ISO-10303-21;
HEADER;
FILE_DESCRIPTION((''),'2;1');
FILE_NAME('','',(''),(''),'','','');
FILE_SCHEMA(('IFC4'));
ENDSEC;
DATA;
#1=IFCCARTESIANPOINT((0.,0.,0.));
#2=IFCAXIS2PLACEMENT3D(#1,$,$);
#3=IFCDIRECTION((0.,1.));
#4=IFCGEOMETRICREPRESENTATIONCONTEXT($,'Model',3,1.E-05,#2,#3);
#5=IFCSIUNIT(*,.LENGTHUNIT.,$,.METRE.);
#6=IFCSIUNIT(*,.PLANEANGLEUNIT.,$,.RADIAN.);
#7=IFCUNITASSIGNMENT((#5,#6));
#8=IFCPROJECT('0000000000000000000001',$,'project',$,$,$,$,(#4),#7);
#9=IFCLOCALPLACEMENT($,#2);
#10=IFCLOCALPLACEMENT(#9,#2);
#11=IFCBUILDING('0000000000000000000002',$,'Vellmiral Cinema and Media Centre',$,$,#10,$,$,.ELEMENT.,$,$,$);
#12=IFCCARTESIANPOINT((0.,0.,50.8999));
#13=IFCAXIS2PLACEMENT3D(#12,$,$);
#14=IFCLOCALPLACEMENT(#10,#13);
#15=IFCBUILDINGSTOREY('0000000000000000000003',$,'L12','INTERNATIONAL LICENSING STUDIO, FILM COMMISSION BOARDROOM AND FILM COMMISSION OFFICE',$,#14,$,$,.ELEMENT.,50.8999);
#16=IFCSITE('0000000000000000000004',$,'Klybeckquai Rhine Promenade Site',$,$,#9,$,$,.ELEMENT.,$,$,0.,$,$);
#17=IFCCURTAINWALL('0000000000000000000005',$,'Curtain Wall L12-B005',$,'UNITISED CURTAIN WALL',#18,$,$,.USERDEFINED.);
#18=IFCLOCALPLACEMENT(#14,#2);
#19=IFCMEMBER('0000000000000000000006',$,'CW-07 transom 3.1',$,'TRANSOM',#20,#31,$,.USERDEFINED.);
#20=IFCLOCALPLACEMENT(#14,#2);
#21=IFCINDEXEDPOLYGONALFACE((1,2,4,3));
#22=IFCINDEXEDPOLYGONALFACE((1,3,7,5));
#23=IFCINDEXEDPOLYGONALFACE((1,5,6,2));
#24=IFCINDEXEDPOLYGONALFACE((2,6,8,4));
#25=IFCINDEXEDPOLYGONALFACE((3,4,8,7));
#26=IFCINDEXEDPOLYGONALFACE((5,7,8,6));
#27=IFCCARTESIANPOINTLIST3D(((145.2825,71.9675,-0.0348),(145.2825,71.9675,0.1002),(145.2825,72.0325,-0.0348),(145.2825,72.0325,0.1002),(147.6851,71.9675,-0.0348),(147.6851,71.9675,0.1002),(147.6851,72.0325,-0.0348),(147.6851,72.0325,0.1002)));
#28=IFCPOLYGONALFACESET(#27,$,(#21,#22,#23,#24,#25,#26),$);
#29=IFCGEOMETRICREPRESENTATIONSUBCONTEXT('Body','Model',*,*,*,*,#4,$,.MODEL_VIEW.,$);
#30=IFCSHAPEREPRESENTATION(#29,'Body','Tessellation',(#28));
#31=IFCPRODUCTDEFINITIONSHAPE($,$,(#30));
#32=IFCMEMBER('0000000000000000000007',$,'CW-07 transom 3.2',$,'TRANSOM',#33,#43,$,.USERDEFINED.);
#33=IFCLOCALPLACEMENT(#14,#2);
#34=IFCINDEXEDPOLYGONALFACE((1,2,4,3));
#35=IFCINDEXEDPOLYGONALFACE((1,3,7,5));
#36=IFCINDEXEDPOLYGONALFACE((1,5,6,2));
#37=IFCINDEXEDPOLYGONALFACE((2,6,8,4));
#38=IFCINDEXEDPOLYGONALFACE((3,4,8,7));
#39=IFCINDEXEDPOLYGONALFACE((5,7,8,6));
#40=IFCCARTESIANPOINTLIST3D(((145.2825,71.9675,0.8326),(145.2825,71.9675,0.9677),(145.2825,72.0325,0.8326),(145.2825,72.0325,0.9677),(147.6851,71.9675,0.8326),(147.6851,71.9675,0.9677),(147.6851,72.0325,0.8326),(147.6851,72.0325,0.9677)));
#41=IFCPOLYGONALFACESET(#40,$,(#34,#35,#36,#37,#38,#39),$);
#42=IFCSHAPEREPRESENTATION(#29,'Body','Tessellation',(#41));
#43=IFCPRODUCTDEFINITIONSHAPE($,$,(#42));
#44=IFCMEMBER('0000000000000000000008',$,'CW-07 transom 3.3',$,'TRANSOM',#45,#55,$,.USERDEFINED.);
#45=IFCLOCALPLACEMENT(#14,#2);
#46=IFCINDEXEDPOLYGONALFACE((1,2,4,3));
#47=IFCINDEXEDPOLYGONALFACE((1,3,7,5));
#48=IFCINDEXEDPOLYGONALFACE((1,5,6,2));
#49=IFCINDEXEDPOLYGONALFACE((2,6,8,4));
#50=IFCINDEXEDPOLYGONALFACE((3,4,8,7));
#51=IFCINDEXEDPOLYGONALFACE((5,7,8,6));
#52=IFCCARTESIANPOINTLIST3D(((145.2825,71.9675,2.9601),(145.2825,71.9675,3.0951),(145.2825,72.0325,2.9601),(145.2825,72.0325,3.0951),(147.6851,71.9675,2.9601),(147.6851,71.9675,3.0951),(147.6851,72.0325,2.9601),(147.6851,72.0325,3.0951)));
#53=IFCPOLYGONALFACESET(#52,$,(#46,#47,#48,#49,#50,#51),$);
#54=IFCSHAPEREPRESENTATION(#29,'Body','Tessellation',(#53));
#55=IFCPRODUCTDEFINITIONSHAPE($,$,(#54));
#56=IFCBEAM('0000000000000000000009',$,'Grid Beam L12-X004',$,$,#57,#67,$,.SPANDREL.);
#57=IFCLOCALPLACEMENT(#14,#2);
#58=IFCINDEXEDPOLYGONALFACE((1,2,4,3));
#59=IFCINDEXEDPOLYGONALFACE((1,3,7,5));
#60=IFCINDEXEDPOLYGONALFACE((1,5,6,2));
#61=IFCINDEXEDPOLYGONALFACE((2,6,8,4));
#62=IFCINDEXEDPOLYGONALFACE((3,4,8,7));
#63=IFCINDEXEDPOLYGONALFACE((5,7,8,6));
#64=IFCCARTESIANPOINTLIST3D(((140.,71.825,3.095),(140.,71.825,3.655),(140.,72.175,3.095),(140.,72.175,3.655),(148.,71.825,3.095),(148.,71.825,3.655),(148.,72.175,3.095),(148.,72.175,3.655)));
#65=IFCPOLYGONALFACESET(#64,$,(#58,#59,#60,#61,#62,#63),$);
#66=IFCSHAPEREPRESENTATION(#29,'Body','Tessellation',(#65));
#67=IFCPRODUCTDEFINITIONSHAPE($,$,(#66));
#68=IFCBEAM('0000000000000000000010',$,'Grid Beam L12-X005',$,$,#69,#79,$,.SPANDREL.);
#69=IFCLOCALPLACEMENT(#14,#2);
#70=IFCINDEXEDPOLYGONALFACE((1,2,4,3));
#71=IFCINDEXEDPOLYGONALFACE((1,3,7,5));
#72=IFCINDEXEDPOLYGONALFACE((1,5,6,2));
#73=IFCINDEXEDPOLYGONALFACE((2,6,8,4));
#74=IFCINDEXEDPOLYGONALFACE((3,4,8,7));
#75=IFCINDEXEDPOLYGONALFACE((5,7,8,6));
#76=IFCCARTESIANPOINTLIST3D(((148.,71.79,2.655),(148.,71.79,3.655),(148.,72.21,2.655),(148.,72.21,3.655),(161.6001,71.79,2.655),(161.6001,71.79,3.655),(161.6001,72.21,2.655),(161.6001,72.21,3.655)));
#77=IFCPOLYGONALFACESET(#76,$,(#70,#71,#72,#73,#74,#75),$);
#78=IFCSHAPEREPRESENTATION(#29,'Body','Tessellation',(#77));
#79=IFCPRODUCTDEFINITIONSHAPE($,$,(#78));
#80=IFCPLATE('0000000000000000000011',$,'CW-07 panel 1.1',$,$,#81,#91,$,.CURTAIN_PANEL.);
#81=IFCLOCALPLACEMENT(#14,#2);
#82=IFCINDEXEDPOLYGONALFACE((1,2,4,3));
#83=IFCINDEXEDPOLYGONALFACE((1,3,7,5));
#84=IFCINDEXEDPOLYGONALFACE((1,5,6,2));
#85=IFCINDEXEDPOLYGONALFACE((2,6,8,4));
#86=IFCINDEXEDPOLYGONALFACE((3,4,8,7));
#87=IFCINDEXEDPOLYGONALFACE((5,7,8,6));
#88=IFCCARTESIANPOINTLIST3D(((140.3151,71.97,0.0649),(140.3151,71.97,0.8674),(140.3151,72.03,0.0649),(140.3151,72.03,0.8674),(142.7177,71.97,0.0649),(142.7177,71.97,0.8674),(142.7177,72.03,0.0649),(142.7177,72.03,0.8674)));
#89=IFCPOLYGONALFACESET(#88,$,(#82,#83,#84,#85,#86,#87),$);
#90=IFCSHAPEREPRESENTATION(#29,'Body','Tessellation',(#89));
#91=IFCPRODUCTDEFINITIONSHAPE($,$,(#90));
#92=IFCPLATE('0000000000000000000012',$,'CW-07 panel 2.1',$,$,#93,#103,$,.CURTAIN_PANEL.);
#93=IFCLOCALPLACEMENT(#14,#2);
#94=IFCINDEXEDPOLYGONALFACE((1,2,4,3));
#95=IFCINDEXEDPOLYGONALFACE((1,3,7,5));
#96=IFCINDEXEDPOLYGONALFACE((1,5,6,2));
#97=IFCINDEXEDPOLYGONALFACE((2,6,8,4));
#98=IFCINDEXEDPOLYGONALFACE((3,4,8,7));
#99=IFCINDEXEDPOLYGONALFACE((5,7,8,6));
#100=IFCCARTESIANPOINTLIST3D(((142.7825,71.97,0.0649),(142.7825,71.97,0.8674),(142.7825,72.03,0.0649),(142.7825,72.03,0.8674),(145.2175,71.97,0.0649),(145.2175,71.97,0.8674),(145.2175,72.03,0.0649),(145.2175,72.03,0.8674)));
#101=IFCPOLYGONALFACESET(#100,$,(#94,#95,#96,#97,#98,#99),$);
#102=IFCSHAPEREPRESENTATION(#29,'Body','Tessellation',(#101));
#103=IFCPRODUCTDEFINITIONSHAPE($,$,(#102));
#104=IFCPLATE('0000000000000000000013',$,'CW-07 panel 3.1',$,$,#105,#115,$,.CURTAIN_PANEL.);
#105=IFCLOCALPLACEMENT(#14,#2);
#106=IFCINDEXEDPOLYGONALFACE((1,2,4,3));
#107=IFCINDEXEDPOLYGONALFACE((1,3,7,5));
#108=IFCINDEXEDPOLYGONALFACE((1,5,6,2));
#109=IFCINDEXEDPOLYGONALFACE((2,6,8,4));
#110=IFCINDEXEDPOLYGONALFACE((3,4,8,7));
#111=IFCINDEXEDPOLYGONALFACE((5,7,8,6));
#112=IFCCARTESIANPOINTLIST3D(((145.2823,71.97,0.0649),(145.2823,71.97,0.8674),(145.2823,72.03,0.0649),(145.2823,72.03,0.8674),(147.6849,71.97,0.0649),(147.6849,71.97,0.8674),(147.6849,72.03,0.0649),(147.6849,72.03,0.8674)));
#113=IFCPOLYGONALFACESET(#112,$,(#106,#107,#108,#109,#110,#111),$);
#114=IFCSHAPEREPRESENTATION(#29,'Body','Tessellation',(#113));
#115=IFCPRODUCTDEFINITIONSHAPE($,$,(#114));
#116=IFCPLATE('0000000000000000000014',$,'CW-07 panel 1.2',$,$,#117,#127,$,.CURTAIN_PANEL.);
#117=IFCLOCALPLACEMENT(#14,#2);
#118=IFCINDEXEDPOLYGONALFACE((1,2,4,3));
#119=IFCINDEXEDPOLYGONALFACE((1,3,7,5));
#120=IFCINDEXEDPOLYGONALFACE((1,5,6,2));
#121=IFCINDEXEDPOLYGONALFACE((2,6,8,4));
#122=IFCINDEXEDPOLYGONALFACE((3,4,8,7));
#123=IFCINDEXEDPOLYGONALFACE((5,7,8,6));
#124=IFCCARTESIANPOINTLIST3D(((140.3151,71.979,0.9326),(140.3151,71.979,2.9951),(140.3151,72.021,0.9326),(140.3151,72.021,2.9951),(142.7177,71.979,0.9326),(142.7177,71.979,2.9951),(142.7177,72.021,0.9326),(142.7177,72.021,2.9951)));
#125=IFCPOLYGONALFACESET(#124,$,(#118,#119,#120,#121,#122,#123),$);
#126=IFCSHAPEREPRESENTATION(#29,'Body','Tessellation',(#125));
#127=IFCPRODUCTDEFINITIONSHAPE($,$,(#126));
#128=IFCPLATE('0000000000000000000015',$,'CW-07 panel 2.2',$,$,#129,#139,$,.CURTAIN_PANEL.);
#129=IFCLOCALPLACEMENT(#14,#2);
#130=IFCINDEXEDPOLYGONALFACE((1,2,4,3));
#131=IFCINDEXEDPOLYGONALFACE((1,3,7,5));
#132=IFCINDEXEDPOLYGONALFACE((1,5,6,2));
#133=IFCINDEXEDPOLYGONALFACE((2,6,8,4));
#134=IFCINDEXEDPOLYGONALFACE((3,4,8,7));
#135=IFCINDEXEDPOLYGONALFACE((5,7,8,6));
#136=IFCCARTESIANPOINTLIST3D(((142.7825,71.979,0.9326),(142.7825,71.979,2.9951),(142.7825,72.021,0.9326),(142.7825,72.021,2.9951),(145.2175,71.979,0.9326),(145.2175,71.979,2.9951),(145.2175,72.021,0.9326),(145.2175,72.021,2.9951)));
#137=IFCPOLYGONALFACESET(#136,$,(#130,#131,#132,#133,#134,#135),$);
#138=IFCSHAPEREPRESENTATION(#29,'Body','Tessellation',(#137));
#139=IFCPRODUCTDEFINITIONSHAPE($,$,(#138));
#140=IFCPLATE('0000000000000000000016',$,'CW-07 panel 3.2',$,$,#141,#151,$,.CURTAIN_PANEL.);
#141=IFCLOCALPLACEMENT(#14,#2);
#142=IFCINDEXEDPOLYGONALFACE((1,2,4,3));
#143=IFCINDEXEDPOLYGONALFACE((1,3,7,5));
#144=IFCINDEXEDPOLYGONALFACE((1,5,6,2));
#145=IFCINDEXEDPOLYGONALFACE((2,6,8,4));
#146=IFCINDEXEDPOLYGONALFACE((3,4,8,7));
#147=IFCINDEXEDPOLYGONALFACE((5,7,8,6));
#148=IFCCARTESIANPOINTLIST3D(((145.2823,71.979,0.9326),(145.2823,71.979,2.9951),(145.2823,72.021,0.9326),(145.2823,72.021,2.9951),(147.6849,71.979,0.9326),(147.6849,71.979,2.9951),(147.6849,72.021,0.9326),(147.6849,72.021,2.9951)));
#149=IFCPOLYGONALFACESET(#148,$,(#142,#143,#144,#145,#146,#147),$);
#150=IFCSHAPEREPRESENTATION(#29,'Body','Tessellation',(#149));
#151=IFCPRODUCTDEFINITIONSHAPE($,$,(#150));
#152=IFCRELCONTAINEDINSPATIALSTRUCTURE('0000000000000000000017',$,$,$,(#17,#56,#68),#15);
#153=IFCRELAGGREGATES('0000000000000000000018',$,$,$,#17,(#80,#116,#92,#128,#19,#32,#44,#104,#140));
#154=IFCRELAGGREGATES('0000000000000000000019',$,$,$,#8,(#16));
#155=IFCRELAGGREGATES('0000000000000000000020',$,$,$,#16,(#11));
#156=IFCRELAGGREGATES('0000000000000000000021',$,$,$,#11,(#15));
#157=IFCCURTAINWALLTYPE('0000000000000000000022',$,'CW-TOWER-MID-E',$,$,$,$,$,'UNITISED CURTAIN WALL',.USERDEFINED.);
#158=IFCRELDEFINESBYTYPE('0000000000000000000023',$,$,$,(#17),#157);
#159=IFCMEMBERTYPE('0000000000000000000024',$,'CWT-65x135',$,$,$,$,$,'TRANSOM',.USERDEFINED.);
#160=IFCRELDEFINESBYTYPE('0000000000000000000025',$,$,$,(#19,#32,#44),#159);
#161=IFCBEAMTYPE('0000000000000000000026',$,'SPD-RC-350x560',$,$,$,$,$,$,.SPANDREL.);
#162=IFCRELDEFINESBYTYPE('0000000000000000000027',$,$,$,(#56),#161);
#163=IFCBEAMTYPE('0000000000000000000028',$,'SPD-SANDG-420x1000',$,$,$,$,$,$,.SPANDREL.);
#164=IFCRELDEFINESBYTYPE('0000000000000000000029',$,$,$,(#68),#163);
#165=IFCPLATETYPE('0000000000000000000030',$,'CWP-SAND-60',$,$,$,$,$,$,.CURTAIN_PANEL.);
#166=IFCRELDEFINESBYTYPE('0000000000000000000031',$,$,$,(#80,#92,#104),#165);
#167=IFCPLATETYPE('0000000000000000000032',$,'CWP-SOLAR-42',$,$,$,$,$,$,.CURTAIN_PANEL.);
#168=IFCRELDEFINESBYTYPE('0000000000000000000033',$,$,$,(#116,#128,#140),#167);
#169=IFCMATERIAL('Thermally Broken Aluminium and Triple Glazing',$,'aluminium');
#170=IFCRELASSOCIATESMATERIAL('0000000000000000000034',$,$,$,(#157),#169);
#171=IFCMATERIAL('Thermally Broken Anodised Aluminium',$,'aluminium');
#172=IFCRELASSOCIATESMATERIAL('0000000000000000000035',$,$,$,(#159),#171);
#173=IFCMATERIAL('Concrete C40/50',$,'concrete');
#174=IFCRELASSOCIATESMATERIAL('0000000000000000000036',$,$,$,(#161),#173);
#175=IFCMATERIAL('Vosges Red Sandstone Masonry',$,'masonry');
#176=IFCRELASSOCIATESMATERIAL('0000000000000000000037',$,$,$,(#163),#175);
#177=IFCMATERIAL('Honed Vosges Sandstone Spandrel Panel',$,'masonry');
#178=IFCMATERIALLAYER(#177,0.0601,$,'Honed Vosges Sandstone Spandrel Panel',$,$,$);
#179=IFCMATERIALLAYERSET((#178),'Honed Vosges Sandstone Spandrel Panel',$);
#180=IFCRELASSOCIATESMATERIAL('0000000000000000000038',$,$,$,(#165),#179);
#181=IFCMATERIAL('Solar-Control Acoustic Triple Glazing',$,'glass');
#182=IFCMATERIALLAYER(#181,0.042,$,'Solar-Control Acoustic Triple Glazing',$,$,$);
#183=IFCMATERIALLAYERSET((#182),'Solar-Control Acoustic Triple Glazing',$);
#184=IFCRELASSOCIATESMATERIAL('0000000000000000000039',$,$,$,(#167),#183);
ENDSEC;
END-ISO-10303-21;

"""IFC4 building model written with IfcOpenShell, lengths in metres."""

from ifc_helpers import new_model, si_unit, direction, frame, origin, origin_2d, place, context, subcontext, project, spatial, rectangle, extrude, material, layer, layer_set, material_profile, profile_set, type_object, element, aggregate, save


model = new_model("IFC4")

# Units and contexts
model_context = context("Model", 3, precision=1e-05, world=origin(), true_north=direction((0.0, 1.0)))
body_context = subcontext(model_context, "Body", "Model", "MODEL_VIEW")
ifc_project = project(units=[si_unit("LENGTHUNIT", "METRE"), si_unit("PLANEANGLEUNIT", "RADIAN")], contexts=[model_context])

# Site, building, storey
site_placement = place(None, origin())
site = spatial("IfcSite", under=ifc_project, at=site_placement, Name="Klybeckquai Rhine Promenade Site", CompositionType="ELEMENT", RefElevation=0.0)
building_placement = place(site_placement, origin())
building = spatial("IfcBuilding", under=site, at=building_placement, Name="Vellmiral Cinema and Media Centre", CompositionType="ELEMENT")
storey_placement = place(building_placement, frame((0.0, 0.0, 50.8999)))
storey = spatial("IfcBuildingStorey", under=building, at=storey_placement, Name="L12", Description="INTERNATIONAL LICENSING STUDIO, FILM COMMISSION BOARDROOM AND FILM COMMISSION OFFICE", CompositionType="ELEMENT", Elevation=50.8999)

# Curtain wall, members
ifc_material_1 = material(Name="Thermally Broken Aluminium and Triple Glazing", Category="aluminium")
curtain_wall_type = type_object("IfcCurtainWallType", Name="CW-TOWER-MID-E", ElementType="UNITISED CURTAIN WALL", PredefinedType="USERDEFINED", material=ifc_material_1)
curtain_wall_placement = place(storey_placement, origin())
curtain_wall = element("IfcCurtainWall", 1, at=curtain_wall_placement, inside=storey, type_object=curtain_wall_type, Name="Curtain Wall L12-B005", ObjectType="UNITISED CURTAIN WALL", PredefinedType="USERDEFINED")
ifc_material_2 = material(Name="Thermally Broken Anodised Aluminium", Category="aluminium")
ifc_material_profile_1 = material_profile(ifc_material_2, rectangle(XDim=0.0649, YDim=0.135, at=origin_2d()), Name="MULL 65x135")
ifc_profile_set_1 = profile_set([ifc_material_profile_1], Name="Thermally Broken Anodised Aluminium")
member_type_1 = type_object("IfcMemberType", Name="CWT-65x135", ElementType="TRANSOM", PredefinedType="USERDEFINED", material=ifc_profile_set_1)
member_1_placement = place(storey_placement, frame((145.2825, 72.0, 0.0327), z_axis=(1.0, 0.0, 0.0), x_axis=(0.0, 1.0, 0.0)))
member_1 = element("IfcMember", 2, at=member_1_placement, type_object=member_type_1, Name="CW-07 transom 3.1", ObjectType="TRANSOM", PredefinedType="USERDEFINED", context=body_context, shape_type="SweptSolid", body=[
    extrude(rectangle(XDim=0.0649, YDim=0.135, at=origin_2d()), origin(), (0.0, 0.0, 1.0), 2.4026),
])
member_2_placement = place(storey_placement, frame((145.2825, 72.0, 0.9001), z_axis=(1.0, 0.0, 0.0), x_axis=(0.0, 1.0, 0.0)))
member_2 = element("IfcMember", 3, at=member_2_placement, type_object=member_type_1, Name="CW-07 transom 3.2", ObjectType="TRANSOM", PredefinedType="USERDEFINED", context=body_context, shape_type="SweptSolid", body=[
    extrude(rectangle(XDim=0.0649, YDim=0.135, at=origin_2d()), origin(), (0.0, 0.0, 1.0), 2.4026),
])
member_3_placement = place(storey_placement, frame((145.2825, 72.0, 3.0276), z_axis=(1.0, 0.0, 0.0), x_axis=(0.0, 1.0, 0.0)))
member_3 = element("IfcMember", 4, at=member_3_placement, type_object=member_type_1, Name="CW-07 transom 3.3", ObjectType="TRANSOM", PredefinedType="USERDEFINED", context=body_context, shape_type="SweptSolid", body=[
    extrude(rectangle(XDim=0.0649, YDim=0.135, at=origin_2d()), origin(), (0.0, 0.0, 1.0), 2.4026),
])

# Beams
ifc_material_3 = material(Name="Concrete C40/50", Category="concrete")
ifc_material_profile_2 = material_profile(ifc_material_3, rectangle(XDim=0.3501, YDim=0.5601, at=origin_2d()), Name="RC 350x560")
ifc_profile_set_2 = profile_set([ifc_material_profile_2], Name="Concrete C40/50")
beam_type_1 = type_object("IfcBeamType", Name="SPD-RC-350x560", PredefinedType="SPANDREL", material=ifc_profile_set_2)
beam_1_placement = place(storey_placement, frame((140.0, 72.0, 3.375), z_axis=(1.0, 0.0, 0.0), x_axis=(0.0, 1.0, 0.0)))
element("IfcBeam", 5, at=beam_1_placement, inside=storey, type_object=beam_type_1, Name="Grid Beam L12-X004", PredefinedType="SPANDREL", context=body_context, shape_type="SweptSolid", body=[
    extrude(rectangle(XDim=0.3501, YDim=0.5601, at=origin_2d()), origin(), (0.0, 0.0, 1.0), 8.0),
])
ifc_material_4 = material(Name="Vosges Red Sandstone Masonry", Category="masonry")
ifc_material_profile_3 = material_profile(ifc_material_4, rectangle(XDim=0.4199, YDim=1.0, at=origin_2d()), Name="SAND 420x1000")
ifc_profile_set_3 = profile_set([ifc_material_profile_3], Name="Vosges Red Sandstone Masonry")
beam_type_2 = type_object("IfcBeamType", Name="SPD-SANDG-420x1000", PredefinedType="SPANDREL", material=ifc_profile_set_3)
beam_2_placement = place(storey_placement, frame((148.0, 72.0, 3.155), z_axis=(1.0, 0.0, 0.0), x_axis=(0.0, 1.0, 0.0)))
element("IfcBeam", 6, at=beam_2_placement, inside=storey, type_object=beam_type_2, Name="Grid Beam L12-X005", PredefinedType="SPANDREL", context=body_context, shape_type="SweptSolid", body=[
    extrude(rectangle(XDim=0.4199, YDim=1.0, at=origin_2d()), origin(), (0.0, 0.0, 1.0), 13.6001),
])

# Plates
ifc_material_5 = material(Name="Honed Vosges Sandstone Spandrel Panel", Category="masonry")
ifc_layer_1 = layer(ifc_material_5, 0.0601, Name="Honed Vosges Sandstone Spandrel Panel")
ifc_layer_set_1 = layer_set([ifc_layer_1], Name="Honed Vosges Sandstone Spandrel Panel")
plate_type_1 = type_object("IfcPlateType", Name="CWP-SAND-60", PredefinedType="CURTAIN_PANEL", material=ifc_layer_set_1)
plate_1_placement = place(storey_placement, frame((141.5164, 72.0, 0.0649), z_axis=(0.0, 0.0, 1.0), x_axis=(1.0, 0.0, 0.0)))
plate_1 = element("IfcPlate", 7, at=plate_1_placement, type_object=plate_type_1, Name="CW-07 panel 1.1", PredefinedType="CURTAIN_PANEL", context=body_context, shape_type="SweptSolid", body=[
    extrude(rectangle(XDim=2.4026, YDim=0.0601, at=origin_2d()), origin(), (0.0, 0.0, 1.0), 0.8025),
])
plate_2_placement = place(storey_placement, frame((144.0, 72.0, 0.0649), z_axis=(0.0, 0.0, 1.0), x_axis=(1.0, 0.0, 0.0)))
plate_2 = element("IfcPlate", 8, at=plate_2_placement, type_object=plate_type_1, Name="CW-07 panel 2.1", PredefinedType="CURTAIN_PANEL", context=body_context, shape_type="SweptSolid", body=[
    extrude(rectangle(XDim=2.4351, YDim=0.0601, at=origin_2d()), origin(), (0.0, 0.0, 1.0), 0.8025),
])
plate_3_placement = place(storey_placement, frame((146.4836, 72.0, 0.0649), z_axis=(0.0, 0.0, 1.0), x_axis=(1.0, 0.0, 0.0)))
plate_3 = element("IfcPlate", 9, at=plate_3_placement, type_object=plate_type_1, Name="CW-07 panel 3.1", PredefinedType="CURTAIN_PANEL", context=body_context, shape_type="SweptSolid", body=[
    extrude(rectangle(XDim=2.4026, YDim=0.0601, at=origin_2d()), origin(), (0.0, 0.0, 1.0), 0.8025),
])
ifc_material_6 = material(Name="Solar-Control Acoustic Triple Glazing", Category="glass")
ifc_layer_2 = layer(ifc_material_6, 0.042, Name="Solar-Control Acoustic Triple Glazing")
ifc_layer_set_2 = layer_set([ifc_layer_2], Name="Solar-Control Acoustic Triple Glazing")
plate_type_2 = type_object("IfcPlateType", Name="CWP-SOLAR-42", PredefinedType="CURTAIN_PANEL", material=ifc_layer_set_2)
plate_4_placement = place(storey_placement, frame((141.5164, 72.0, 0.9326), z_axis=(0.0, 0.0, 1.0), x_axis=(1.0, 0.0, 0.0)))
plate_4 = element("IfcPlate", 10, at=plate_4_placement, type_object=plate_type_2, Name="CW-07 panel 1.2", PredefinedType="CURTAIN_PANEL", context=body_context, shape_type="SweptSolid", body=[
    extrude(rectangle(XDim=2.4026, YDim=0.042, at=origin_2d()), origin(), (0.0, 0.0, 1.0), 2.0625),
])
plate_5_placement = place(storey_placement, frame((144.0, 72.0, 0.9326), z_axis=(0.0, 0.0, 1.0), x_axis=(1.0, 0.0, 0.0)))
plate_5 = element("IfcPlate", 11, at=plate_5_placement, type_object=plate_type_2, Name="CW-07 panel 2.2", PredefinedType="CURTAIN_PANEL", context=body_context, shape_type="SweptSolid", body=[
    extrude(rectangle(XDim=2.4351, YDim=0.042, at=origin_2d()), origin(), (0.0, 0.0, 1.0), 2.0625),
])
plate_6_placement = place(storey_placement, frame((146.4836, 72.0, 0.9326), z_axis=(0.0, 0.0, 1.0), x_axis=(1.0, 0.0, 0.0)))
plate_6 = element("IfcPlate", 12, at=plate_6_placement, type_object=plate_type_2, Name="CW-07 panel 3.2", PredefinedType="CURTAIN_PANEL", context=body_context, shape_type="SweptSolid", body=[
    extrude(rectangle(XDim=2.4026, YDim=0.042, at=origin_2d()), origin(), (0.0, 0.0, 1.0), 2.0625),
])
aggregate(curtain_wall, [plate_1, plate_4, plate_2, plate_5, member_1, member_2, member_3, plate_3, plate_6])

save(model, "model.ifc")
